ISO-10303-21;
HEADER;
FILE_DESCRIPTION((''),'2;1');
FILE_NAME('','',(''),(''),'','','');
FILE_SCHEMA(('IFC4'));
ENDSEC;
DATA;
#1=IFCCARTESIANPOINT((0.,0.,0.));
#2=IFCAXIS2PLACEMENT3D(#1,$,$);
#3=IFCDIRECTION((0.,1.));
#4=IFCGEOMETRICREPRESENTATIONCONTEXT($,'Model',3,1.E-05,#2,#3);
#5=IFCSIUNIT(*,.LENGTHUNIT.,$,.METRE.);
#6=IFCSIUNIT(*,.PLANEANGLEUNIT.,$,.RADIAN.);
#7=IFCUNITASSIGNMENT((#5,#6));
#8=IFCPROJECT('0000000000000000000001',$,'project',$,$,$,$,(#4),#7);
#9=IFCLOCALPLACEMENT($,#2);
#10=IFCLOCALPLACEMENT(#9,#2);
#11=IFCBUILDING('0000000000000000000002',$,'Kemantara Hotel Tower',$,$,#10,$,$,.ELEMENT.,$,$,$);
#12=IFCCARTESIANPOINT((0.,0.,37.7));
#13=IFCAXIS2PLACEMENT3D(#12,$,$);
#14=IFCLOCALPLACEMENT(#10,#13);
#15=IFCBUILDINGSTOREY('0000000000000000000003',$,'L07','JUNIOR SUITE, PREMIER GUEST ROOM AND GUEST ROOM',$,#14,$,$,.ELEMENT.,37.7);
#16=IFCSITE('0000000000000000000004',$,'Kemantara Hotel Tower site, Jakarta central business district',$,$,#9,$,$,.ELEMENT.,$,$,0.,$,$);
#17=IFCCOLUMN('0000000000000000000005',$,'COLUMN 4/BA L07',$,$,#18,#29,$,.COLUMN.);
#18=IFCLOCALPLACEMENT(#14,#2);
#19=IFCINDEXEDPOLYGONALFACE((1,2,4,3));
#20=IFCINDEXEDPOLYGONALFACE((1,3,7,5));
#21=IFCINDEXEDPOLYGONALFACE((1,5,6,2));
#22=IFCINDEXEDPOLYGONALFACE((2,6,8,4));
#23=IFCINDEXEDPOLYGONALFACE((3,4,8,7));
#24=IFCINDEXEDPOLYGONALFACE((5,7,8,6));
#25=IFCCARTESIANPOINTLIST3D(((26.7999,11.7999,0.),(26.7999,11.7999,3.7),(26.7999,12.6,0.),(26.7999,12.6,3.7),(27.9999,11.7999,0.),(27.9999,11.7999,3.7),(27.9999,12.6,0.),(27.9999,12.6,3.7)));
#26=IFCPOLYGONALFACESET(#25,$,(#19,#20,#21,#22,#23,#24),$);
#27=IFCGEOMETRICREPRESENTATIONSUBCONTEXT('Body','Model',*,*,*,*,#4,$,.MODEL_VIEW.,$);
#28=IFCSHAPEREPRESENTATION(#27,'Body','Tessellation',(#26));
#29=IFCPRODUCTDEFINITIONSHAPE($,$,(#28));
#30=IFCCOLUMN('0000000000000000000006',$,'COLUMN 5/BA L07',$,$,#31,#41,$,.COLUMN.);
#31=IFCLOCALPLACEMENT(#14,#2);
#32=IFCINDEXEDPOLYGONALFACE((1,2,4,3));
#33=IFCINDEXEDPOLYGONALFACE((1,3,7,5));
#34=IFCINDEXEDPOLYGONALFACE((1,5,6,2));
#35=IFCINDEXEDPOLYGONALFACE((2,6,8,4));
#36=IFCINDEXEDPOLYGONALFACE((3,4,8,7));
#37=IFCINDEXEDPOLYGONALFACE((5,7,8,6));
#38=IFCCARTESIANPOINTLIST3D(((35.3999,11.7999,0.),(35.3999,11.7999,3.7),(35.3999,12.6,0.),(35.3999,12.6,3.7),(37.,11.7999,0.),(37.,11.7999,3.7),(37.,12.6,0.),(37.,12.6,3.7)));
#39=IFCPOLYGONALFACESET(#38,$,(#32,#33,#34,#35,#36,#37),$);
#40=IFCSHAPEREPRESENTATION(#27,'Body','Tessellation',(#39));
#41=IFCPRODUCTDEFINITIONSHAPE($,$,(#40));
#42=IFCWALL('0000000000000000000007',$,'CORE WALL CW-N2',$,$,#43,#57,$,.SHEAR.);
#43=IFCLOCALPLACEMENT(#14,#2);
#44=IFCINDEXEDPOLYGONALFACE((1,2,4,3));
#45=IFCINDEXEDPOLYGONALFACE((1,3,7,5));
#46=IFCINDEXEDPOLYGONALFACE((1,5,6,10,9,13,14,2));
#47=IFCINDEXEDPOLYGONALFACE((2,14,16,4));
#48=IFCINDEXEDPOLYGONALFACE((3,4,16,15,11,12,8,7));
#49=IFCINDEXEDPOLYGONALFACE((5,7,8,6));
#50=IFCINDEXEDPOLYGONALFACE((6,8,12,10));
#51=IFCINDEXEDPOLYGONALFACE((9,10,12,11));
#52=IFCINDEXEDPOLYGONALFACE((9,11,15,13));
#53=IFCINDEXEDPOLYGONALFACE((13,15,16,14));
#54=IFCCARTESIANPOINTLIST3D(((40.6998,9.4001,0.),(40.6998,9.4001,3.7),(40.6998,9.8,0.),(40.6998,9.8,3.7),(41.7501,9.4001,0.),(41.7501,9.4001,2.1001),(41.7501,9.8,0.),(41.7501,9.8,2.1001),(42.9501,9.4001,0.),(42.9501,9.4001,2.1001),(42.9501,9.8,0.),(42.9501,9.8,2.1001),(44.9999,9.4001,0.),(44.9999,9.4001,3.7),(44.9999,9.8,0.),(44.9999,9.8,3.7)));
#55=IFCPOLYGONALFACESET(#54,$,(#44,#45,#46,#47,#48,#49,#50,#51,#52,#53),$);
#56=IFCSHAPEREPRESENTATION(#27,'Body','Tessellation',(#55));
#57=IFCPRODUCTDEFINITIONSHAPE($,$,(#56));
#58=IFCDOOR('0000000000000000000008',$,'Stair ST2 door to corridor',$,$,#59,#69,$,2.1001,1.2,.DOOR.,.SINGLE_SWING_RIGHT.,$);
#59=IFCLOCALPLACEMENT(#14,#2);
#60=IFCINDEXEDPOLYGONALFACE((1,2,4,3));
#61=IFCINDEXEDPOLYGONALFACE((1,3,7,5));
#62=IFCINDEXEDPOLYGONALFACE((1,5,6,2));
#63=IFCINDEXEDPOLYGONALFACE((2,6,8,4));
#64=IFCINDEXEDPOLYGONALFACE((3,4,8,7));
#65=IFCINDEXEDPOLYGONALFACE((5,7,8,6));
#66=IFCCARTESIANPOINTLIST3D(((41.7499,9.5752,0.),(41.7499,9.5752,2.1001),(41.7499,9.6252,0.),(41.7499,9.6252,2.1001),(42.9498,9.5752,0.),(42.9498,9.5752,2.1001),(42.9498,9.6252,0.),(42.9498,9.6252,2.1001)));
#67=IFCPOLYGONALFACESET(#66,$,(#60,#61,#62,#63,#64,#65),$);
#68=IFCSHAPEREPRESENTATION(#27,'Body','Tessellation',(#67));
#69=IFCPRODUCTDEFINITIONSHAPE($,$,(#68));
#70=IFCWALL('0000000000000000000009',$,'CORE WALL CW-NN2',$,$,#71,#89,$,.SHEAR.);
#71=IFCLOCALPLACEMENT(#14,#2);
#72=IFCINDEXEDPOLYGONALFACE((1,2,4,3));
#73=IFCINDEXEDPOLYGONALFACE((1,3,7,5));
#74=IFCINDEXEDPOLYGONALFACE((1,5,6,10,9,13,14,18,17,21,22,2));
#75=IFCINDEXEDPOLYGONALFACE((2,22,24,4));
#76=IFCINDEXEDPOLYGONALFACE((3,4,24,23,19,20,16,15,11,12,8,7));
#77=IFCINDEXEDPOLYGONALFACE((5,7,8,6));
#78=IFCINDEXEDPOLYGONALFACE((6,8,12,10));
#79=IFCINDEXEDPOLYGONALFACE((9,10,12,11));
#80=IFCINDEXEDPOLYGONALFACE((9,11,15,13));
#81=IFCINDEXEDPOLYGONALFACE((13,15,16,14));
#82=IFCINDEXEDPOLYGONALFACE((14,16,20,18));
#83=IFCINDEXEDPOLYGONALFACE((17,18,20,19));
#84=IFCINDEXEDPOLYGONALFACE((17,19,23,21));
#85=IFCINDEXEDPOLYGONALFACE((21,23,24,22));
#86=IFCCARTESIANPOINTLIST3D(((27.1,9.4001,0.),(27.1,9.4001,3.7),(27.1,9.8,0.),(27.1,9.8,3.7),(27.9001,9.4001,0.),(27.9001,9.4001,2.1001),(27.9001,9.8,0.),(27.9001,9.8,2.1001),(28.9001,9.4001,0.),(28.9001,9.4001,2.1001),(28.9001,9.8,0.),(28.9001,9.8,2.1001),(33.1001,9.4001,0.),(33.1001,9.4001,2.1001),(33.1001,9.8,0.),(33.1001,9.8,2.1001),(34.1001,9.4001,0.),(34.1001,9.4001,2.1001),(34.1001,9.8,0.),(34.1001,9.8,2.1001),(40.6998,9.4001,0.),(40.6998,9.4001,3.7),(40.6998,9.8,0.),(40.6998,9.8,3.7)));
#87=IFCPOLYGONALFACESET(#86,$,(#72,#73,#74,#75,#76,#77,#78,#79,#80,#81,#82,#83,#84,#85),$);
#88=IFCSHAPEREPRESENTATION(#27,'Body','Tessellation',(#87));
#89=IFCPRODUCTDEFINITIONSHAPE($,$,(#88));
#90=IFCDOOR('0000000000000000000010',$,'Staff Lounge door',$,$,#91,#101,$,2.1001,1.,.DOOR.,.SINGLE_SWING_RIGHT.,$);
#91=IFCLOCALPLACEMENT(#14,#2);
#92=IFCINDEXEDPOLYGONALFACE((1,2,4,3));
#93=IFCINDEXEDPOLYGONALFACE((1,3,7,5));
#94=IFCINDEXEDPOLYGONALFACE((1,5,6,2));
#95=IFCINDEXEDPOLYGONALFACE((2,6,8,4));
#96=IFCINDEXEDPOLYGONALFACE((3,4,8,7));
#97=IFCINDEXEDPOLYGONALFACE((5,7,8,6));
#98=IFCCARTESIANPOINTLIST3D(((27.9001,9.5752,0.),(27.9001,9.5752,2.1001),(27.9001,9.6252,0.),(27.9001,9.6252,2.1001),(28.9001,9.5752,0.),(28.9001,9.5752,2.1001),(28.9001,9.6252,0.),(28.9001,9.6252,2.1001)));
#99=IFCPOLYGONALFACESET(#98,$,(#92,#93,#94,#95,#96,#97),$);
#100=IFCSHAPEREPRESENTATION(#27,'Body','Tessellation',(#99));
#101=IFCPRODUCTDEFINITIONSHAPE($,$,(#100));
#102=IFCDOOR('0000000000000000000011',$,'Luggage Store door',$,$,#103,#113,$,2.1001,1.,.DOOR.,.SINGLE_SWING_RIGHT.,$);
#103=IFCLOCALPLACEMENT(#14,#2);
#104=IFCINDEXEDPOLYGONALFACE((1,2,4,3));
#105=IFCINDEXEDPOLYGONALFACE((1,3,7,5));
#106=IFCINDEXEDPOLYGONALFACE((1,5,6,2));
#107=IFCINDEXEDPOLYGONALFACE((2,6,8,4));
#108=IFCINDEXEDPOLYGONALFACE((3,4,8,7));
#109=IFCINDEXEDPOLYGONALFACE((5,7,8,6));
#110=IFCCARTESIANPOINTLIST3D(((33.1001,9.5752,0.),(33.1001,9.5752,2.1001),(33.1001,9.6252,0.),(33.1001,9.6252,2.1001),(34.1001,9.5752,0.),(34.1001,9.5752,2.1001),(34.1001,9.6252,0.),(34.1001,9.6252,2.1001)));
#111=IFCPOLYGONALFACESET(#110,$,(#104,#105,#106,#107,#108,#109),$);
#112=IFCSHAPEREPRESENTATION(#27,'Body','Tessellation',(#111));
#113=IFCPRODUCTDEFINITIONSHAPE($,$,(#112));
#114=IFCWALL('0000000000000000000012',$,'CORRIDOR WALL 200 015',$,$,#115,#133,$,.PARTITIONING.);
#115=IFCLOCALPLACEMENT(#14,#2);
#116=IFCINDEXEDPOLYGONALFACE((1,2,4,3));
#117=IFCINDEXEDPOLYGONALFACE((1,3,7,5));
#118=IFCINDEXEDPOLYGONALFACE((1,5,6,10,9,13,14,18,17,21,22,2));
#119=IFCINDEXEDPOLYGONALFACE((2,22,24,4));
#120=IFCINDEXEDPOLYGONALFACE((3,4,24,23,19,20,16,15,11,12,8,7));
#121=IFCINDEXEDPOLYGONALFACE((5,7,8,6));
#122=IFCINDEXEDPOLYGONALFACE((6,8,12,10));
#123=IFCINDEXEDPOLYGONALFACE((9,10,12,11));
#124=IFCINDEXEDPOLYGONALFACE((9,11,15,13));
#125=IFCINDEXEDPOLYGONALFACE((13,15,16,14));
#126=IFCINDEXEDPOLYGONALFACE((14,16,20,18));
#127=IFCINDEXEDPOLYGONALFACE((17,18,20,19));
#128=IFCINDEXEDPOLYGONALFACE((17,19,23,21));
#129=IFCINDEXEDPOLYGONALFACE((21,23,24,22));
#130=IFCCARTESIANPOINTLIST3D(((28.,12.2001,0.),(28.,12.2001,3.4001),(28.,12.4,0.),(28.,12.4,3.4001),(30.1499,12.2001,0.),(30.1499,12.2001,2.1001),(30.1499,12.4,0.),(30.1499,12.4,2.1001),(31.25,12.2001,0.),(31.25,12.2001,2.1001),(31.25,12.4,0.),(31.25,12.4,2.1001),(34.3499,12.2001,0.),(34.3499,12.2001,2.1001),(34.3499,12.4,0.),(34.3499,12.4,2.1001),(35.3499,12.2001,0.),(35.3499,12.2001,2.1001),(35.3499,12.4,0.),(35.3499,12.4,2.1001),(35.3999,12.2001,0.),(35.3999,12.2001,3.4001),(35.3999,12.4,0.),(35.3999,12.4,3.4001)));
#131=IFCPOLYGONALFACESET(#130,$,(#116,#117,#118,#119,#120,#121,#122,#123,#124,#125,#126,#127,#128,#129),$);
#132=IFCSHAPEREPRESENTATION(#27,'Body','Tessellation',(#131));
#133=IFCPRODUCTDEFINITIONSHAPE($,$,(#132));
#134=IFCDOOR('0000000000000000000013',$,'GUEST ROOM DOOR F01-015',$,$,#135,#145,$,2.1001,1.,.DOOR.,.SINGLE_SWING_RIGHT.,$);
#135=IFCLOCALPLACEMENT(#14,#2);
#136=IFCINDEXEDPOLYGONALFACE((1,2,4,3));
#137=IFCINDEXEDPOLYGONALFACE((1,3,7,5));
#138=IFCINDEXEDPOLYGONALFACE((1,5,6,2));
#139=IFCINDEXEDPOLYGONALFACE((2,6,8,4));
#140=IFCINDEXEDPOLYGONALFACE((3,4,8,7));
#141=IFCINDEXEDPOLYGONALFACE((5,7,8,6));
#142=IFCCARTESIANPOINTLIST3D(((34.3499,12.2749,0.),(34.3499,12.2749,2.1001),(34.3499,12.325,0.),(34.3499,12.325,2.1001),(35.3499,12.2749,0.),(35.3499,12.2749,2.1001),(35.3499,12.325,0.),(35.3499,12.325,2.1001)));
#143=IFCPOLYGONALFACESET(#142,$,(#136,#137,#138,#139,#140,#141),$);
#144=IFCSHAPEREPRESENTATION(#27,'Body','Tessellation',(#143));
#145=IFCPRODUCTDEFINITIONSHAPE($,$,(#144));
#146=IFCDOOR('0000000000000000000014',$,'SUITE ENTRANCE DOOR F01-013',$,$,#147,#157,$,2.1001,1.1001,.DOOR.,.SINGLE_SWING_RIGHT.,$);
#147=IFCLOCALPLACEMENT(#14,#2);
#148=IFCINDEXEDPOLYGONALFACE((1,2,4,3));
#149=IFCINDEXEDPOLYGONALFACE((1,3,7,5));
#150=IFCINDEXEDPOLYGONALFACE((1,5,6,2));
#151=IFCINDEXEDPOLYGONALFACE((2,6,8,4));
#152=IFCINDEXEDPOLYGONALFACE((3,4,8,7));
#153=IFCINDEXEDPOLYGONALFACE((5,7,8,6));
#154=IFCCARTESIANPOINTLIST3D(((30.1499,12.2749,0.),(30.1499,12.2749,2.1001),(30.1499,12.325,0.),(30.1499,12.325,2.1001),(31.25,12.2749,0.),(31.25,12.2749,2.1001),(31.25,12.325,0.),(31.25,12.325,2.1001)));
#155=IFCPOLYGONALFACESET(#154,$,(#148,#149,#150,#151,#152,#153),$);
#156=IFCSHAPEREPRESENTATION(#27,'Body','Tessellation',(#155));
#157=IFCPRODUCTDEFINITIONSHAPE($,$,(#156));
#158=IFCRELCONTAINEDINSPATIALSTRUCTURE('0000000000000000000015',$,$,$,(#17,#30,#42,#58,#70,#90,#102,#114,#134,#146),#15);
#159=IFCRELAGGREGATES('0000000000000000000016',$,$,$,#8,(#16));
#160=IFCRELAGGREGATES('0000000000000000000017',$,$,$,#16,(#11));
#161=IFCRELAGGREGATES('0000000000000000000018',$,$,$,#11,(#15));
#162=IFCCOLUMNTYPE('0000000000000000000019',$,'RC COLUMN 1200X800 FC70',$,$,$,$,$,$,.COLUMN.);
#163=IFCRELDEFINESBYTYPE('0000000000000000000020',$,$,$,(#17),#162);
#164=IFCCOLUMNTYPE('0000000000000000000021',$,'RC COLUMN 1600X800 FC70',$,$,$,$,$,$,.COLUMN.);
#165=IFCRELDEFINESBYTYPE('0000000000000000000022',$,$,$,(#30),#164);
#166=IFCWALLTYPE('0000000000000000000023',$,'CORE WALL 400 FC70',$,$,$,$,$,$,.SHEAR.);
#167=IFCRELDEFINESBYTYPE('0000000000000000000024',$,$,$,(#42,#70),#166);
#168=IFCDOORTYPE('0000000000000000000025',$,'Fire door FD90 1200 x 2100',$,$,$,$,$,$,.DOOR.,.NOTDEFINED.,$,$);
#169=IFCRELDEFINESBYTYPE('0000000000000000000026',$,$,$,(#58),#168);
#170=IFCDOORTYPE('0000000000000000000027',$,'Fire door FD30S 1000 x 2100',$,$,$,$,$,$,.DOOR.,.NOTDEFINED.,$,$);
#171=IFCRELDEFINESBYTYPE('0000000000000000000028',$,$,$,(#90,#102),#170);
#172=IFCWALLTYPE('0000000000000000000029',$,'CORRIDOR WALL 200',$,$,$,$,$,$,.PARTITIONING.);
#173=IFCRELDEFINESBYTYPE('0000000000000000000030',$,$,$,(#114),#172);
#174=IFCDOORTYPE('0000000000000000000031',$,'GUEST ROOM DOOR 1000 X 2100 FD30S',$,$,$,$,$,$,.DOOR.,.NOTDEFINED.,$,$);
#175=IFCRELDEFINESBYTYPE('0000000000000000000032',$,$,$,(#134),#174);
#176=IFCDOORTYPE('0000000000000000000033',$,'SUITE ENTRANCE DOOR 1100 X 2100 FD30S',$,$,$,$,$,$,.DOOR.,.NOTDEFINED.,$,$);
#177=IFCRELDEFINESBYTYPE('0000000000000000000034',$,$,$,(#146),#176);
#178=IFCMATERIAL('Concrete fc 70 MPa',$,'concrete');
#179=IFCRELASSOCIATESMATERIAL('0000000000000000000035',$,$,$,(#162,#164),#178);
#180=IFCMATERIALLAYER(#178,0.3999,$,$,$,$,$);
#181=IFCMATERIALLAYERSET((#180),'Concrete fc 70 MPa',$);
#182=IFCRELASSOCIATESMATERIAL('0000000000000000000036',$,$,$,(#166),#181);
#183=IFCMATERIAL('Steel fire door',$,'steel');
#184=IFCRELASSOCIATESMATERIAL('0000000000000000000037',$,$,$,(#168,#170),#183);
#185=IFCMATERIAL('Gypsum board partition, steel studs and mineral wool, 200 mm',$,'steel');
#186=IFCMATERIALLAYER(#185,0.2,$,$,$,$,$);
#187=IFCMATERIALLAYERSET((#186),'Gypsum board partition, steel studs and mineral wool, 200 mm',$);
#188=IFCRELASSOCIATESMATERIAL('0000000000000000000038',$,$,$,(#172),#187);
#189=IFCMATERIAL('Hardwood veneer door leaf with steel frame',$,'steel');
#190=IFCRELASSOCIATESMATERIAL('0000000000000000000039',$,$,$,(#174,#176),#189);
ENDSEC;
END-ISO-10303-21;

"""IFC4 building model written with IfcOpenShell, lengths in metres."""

from ifc_helpers import new_model, si_unit, direction, frame, frame_2d, origin, origin_2d, place, context, subcontext, project, spatial, rectangle, extrude, material, layer, layer_set, material_profile, profile_set, type_object, element, fill, save


model = new_model("IFC4")

# Units and contexts
model_context = context("Model", 3, precision=1e-05, world=origin(), true_north=direction((0.0, 1.0)))
body_context = subcontext(model_context, "Body", "Model", "MODEL_VIEW")
ifc_project = project(units=[si_unit("LENGTHUNIT", "METRE"), si_unit("PLANEANGLEUNIT", "RADIAN")], contexts=[model_context])

# Site, building, storey
site_placement = place(None, origin())
site = spatial("IfcSite", under=ifc_project, at=site_placement, Name="Kemantara Hotel Tower site, Jakarta central business district", CompositionType="ELEMENT", RefElevation=0.0)
building_placement = place(site_placement, origin())
building = spatial("IfcBuilding", under=site, at=building_placement, Name="Kemantara Hotel Tower", CompositionType="ELEMENT")
storey_placement = place(building_placement, frame((0.0, 0.0, 37.7)))
storey = spatial("IfcBuildingStorey", under=building, at=storey_placement, Name="L07", Description="JUNIOR SUITE, PREMIER GUEST ROOM AND GUEST ROOM", CompositionType="ELEMENT", Elevation=37.7)

# Columns
ifc_material_1 = material(Name="Concrete fc 70 MPa", Category="concrete")
ifc_material_profile_1 = material_profile(ifc_material_1, rectangle(XDim=1.2, YDim=0.8, at=origin_2d()), Name="RC 1200X800")
ifc_profile_set_1 = profile_set([ifc_material_profile_1], Name="Concrete fc 70 MPa")
column_type_1 = type_object("IfcColumnType", Name="RC COLUMN 1200X800 FC70", PredefinedType="COLUMN", material=ifc_profile_set_1)
column_1_placement = place(storey_placement, frame((27.3999, 12.2, 0.0), z_axis=(0.0, 0.0, 1.0), x_axis=(1.0, 0.0, 0.0)))
element("IfcColumn", 1, at=column_1_placement, inside=storey, type_object=column_type_1, Name="COLUMN 4/BA L07", PredefinedType="COLUMN", context=body_context, shape_type="SweptSolid", body=[
    extrude(rectangle(XDim=1.2, YDim=0.8, at=origin_2d()), origin(), (0.0, 0.0, 1.0), 3.7),
])
ifc_material_profile_2 = material_profile(ifc_material_1, rectangle(XDim=1.6001, YDim=0.8, at=origin_2d()), Name="RC 1600X800")
ifc_profile_set_2 = profile_set([ifc_material_profile_2], Name="Concrete fc 70 MPa")
column_type_2 = type_object("IfcColumnType", Name="RC COLUMN 1600X800 FC70", PredefinedType="COLUMN", material=ifc_profile_set_2)
column_2_placement = place(storey_placement, frame((36.2, 12.2, 0.0), z_axis=(0.0, 0.0, 1.0), x_axis=(1.0, 0.0, 0.0)))
element("IfcColumn", 2, at=column_2_placement, inside=storey, type_object=column_type_2, Name="COLUMN 5/BA L07", PredefinedType="COLUMN", context=body_context, shape_type="SweptSolid", body=[
    extrude(rectangle(XDim=1.6001, YDim=0.8, at=origin_2d()), origin(), (0.0, 0.0, 1.0), 3.7),
])

# Wall, opening, door
ifc_layer_1 = layer(ifc_material_1, 0.3999)
ifc_layer_set_1 = layer_set([ifc_layer_1], Name="Concrete fc 70 MPa")
wall_type_1 = type_object("IfcWallType", Name="CORE WALL 400 FC70", PredefinedType="SHEAR", material=ifc_layer_set_1)
wall_1_placement = place(storey_placement, frame((40.7, 9.6001, 0.0), z_axis=(0.0, 0.0, 1.0), x_axis=(1.0, 0.0, 0.0)))
wall_1 = element("IfcWall", 3, at=wall_1_placement, inside=storey, type_object=wall_type_1, Name="CORE WALL CW-N2", PredefinedType="SHEAR", context=body_context, shape_type="SweptSolid", body=[
    extrude(rectangle(XDim=4.3, YDim=0.3999, at=frame_2d((2.1499, 0.0))), origin(), (0.0, 0.0, 1.0), 3.7),
])
opening_1_placement = place(wall_1_placement, frame((1.05, 0.0, 0.0)))
opening_1 = element("IfcOpeningElement", 4, at=opening_1_placement, cuts=wall_1, PredefinedType="OPENING", context=body_context, shape_type="SweptSolid", body=[
    extrude(rectangle(XDim=1.2, YDim=2.1001, at=frame_2d((0.6001, 1.05))), frame((0.0, 0.21, 0.0), z_axis=(0.0, -1.0, 0.0), x_axis=(1.0, 0.0, 0.0)), (0.0, 0.0, 1.0), 0.4199),
])
ifc_material_2 = material(Name="Steel fire door", Category="steel")
door_type_1 = type_object("IfcDoorType", Name="Fire door FD90 1200 x 2100", OperationType="NOTDEFINED", PredefinedType="DOOR", material=ifc_material_2)
door_1_placement = place(opening_1_placement, frame((1.2, 0.0, 0.0), z_axis=(0.0, 0.0, 1.0), x_axis=(-1.0, 0.0, 0.0)))
door_1 = element("IfcDoor", 5, at=door_1_placement, inside=storey, type_object=door_type_1, Name="Stair ST2 door to corridor", OperationType="SINGLE_SWING_RIGHT", OverallHeight=2.1001, OverallWidth=1.2, PredefinedType="DOOR", context=body_context, shape_type="SweptSolid", body=[
    extrude(rectangle(XDim=1.2, YDim=2.1001, at=frame_2d((0.6001, 1.05))), frame((0.0, 0.0249, 0.0), z_axis=(0.0, -1.0, 0.0), x_axis=(1.0, 0.0, 0.0)), (0.0, 0.0, 1.0), 0.05),
])
fill(opening_1, door_1)

# Walls, openings, doors
wall_2_placement = place(storey_placement, frame((27.1001, 9.6001, 0.0), z_axis=(0.0, 0.0, 1.0), x_axis=(1.0, 0.0, 0.0)))
wall_2 = element("IfcWall", 6, at=wall_2_placement, inside=storey, type_object=wall_type_1, Name="CORE WALL CW-NN2", PredefinedType="SHEAR", context=body_context, shape_type="SweptSolid", body=[
    extrude(rectangle(XDim=13.5999, YDim=0.3999, at=frame_2d((6.7998, 0.0))), origin(), (0.0, 0.0, 1.0), 3.7),
])
opening_2_placement = place(wall_2_placement, frame((0.8, 0.0, 0.0)))
opening_2 = element("IfcOpeningElement", 7, at=opening_2_placement, cuts=wall_2, PredefinedType="OPENING", context=body_context, shape_type="SweptSolid", body=[
    extrude(rectangle(XDim=1.0, YDim=2.1001, at=frame_2d((0.5, 1.05))), frame((0.0, 0.21, 0.0), z_axis=(0.0, -1.0, 0.0), x_axis=(1.0, 0.0, 0.0)), (0.0, 0.0, 1.0), 0.4199),
])
opening_3_placement = place(wall_2_placement, frame((6.0, 0.0, 0.0)))
opening_3 = element("IfcOpeningElement", 8, at=opening_3_placement, cuts=wall_2, PredefinedType="OPENING", context=body_context, shape_type="SweptSolid", body=[
    extrude(rectangle(XDim=1.0, YDim=2.1001, at=frame_2d((0.5, 1.05))), frame((0.0, 0.21, 0.0), z_axis=(0.0, -1.0, 0.0), x_axis=(1.0, 0.0, 0.0)), (0.0, 0.0, 1.0), 0.4199),
])
door_type_2 = type_object("IfcDoorType", Name="Fire door FD30S 1000 x 2100", OperationType="NOTDEFINED", PredefinedType="DOOR", material=ifc_material_2)
door_2_placement = place(opening_2_placement, frame((1.0, 0.0, 0.0), z_axis=(0.0, 0.0, 1.0), x_axis=(-1.0, 0.0, 0.0)))
door_2 = element("IfcDoor", 9, at=door_2_placement, inside=storey, type_object=door_type_2, Name="Staff Lounge door", OperationType="SINGLE_SWING_RIGHT", OverallHeight=2.1001, OverallWidth=1.0, PredefinedType="DOOR", context=body_context, shape_type="SweptSolid", body=[
    extrude(rectangle(XDim=1.0, YDim=2.1001, at=frame_2d((0.5, 1.05))), frame((0.0, 0.0249, 0.0), z_axis=(0.0, -1.0, 0.0), x_axis=(1.0, 0.0, 0.0)), (0.0, 0.0, 1.0), 0.05),
])
fill(opening_2, door_2)
door_3_placement = place(opening_3_placement, frame((1.0, 0.0, 0.0), z_axis=(0.0, 0.0, 1.0), x_axis=(-1.0, 0.0, 0.0)))
door_3 = element("IfcDoor", 10, at=door_3_placement, inside=storey, type_object=door_type_2, Name="Luggage Store door", OperationType="SINGLE_SWING_RIGHT", OverallHeight=2.1001, OverallWidth=1.0, PredefinedType="DOOR", context=body_context, shape_type="SweptSolid", body=[
    extrude(rectangle(XDim=1.0, YDim=2.1001, at=frame_2d((0.5, 1.05))), frame((0.0, 0.0249, 0.0), z_axis=(0.0, -1.0, 0.0), x_axis=(1.0, 0.0, 0.0)), (0.0, 0.0, 1.0), 0.05),
])
fill(opening_3, door_3)
ifc_material_3 = material(Name="Gypsum board partition, steel studs and mineral wool, 200 mm", Category="steel")
ifc_layer_2 = layer(ifc_material_3, 0.2)
ifc_layer_set_2 = layer_set([ifc_layer_2], Name="Gypsum board partition, steel studs and mineral wool, 200 mm")
wall_type_2 = type_object("IfcWallType", Name="CORRIDOR WALL 200", PredefinedType="PARTITIONING", material=ifc_layer_set_2)
wall_3_placement = place(storey_placement, frame((28.0, 12.3, 0.0), z_axis=(0.0, 0.0, 1.0), x_axis=(1.0, 0.0, 0.0)))
wall_3 = element("IfcWall", 11, at=wall_3_placement, inside=storey, type_object=wall_type_2, Name="CORRIDOR WALL 200 015", PredefinedType="PARTITIONING", context=body_context, shape_type="SweptSolid", body=[
    extrude(rectangle(XDim=7.3999, YDim=0.2, at=frame_2d((3.7, 0.0))), origin(), (0.0, 0.0, 1.0), 3.4001),
])
opening_4_placement = place(wall_3_placement, frame((2.1499, 0.0, 0.0)))
opening_4 = element("IfcOpeningElement", 12, at=opening_4_placement, cuts=wall_3, PredefinedType="OPENING", context=body_context, shape_type="SweptSolid", body=[
    extrude(rectangle(XDim=1.1001, YDim=2.1001, at=frame_2d((0.55, 1.05))), frame((0.0, 0.1099, 0.0), z_axis=(0.0, -1.0, 0.0), x_axis=(1.0, 0.0, 0.0)), (0.0, 0.0, 1.0), 0.22),
])
opening_5_placement = place(wall_3_placement, frame((6.3499, 0.0, 0.0)))
opening_5 = element("IfcOpeningElement", 13, at=opening_5_placement, cuts=wall_3, PredefinedType="OPENING", context=body_context, shape_type="SweptSolid", body=[
    extrude(rectangle(XDim=1.0, YDim=2.1001, at=frame_2d((0.5, 1.05))), frame((0.0, 0.1099, 0.0), z_axis=(0.0, -1.0, 0.0), x_axis=(1.0, 0.0, 0.0)), (0.0, 0.0, 1.0), 0.22),
])
ifc_material_4 = material(Name="Hardwood veneer door leaf with steel frame", Category="steel")
door_type_3 = type_object("IfcDoorType", Name="GUEST ROOM DOOR 1000 X 2100 FD30S", OperationType="NOTDEFINED", PredefinedType="DOOR", material=ifc_material_4)
door_4_placement = place(opening_5_placement, origin())
door_4 = element("IfcDoor", 14, at=door_4_placement, inside=storey, type_object=door_type_3, Name="GUEST ROOM DOOR F01-015", OperationType="SINGLE_SWING_RIGHT", OverallHeight=2.1001, OverallWidth=1.0, PredefinedType="DOOR", context=body_context, shape_type="SweptSolid", body=[
    extrude(rectangle(XDim=1.0, YDim=2.1001, at=frame_2d((0.5, 1.05))), frame((0.0, 0.0249, 0.0), z_axis=(0.0, -1.0, 0.0), x_axis=(1.0, 0.0, 0.0)), (0.0, 0.0, 1.0), 0.05),
])
fill(opening_5, door_4)
door_type_4 = type_object("IfcDoorType", Name="SUITE ENTRANCE DOOR 1100 X 2100 FD30S", OperationType="NOTDEFINED", PredefinedType="DOOR", material=ifc_material_4)
door_5_placement = place(opening_4_placement, origin())
door_5 = element("IfcDoor", 15, at=door_5_placement, inside=storey, type_object=door_type_4, Name="SUITE ENTRANCE DOOR F01-013", OperationType="SINGLE_SWING_RIGHT", OverallHeight=2.1001, OverallWidth=1.1001, PredefinedType="DOOR", context=body_context, shape_type="SweptSolid", body=[
    extrude(rectangle(XDim=1.1001, YDim=2.1001, at=frame_2d((0.55, 1.05))), frame((0.0, 0.0249, 0.0), z_axis=(0.0, -1.0, 0.0), x_axis=(1.0, 0.0, 0.0)), (0.0, 0.0, 1.0), 0.05),
])
fill(opening_4, door_5)

save(model, "model.ifc")
